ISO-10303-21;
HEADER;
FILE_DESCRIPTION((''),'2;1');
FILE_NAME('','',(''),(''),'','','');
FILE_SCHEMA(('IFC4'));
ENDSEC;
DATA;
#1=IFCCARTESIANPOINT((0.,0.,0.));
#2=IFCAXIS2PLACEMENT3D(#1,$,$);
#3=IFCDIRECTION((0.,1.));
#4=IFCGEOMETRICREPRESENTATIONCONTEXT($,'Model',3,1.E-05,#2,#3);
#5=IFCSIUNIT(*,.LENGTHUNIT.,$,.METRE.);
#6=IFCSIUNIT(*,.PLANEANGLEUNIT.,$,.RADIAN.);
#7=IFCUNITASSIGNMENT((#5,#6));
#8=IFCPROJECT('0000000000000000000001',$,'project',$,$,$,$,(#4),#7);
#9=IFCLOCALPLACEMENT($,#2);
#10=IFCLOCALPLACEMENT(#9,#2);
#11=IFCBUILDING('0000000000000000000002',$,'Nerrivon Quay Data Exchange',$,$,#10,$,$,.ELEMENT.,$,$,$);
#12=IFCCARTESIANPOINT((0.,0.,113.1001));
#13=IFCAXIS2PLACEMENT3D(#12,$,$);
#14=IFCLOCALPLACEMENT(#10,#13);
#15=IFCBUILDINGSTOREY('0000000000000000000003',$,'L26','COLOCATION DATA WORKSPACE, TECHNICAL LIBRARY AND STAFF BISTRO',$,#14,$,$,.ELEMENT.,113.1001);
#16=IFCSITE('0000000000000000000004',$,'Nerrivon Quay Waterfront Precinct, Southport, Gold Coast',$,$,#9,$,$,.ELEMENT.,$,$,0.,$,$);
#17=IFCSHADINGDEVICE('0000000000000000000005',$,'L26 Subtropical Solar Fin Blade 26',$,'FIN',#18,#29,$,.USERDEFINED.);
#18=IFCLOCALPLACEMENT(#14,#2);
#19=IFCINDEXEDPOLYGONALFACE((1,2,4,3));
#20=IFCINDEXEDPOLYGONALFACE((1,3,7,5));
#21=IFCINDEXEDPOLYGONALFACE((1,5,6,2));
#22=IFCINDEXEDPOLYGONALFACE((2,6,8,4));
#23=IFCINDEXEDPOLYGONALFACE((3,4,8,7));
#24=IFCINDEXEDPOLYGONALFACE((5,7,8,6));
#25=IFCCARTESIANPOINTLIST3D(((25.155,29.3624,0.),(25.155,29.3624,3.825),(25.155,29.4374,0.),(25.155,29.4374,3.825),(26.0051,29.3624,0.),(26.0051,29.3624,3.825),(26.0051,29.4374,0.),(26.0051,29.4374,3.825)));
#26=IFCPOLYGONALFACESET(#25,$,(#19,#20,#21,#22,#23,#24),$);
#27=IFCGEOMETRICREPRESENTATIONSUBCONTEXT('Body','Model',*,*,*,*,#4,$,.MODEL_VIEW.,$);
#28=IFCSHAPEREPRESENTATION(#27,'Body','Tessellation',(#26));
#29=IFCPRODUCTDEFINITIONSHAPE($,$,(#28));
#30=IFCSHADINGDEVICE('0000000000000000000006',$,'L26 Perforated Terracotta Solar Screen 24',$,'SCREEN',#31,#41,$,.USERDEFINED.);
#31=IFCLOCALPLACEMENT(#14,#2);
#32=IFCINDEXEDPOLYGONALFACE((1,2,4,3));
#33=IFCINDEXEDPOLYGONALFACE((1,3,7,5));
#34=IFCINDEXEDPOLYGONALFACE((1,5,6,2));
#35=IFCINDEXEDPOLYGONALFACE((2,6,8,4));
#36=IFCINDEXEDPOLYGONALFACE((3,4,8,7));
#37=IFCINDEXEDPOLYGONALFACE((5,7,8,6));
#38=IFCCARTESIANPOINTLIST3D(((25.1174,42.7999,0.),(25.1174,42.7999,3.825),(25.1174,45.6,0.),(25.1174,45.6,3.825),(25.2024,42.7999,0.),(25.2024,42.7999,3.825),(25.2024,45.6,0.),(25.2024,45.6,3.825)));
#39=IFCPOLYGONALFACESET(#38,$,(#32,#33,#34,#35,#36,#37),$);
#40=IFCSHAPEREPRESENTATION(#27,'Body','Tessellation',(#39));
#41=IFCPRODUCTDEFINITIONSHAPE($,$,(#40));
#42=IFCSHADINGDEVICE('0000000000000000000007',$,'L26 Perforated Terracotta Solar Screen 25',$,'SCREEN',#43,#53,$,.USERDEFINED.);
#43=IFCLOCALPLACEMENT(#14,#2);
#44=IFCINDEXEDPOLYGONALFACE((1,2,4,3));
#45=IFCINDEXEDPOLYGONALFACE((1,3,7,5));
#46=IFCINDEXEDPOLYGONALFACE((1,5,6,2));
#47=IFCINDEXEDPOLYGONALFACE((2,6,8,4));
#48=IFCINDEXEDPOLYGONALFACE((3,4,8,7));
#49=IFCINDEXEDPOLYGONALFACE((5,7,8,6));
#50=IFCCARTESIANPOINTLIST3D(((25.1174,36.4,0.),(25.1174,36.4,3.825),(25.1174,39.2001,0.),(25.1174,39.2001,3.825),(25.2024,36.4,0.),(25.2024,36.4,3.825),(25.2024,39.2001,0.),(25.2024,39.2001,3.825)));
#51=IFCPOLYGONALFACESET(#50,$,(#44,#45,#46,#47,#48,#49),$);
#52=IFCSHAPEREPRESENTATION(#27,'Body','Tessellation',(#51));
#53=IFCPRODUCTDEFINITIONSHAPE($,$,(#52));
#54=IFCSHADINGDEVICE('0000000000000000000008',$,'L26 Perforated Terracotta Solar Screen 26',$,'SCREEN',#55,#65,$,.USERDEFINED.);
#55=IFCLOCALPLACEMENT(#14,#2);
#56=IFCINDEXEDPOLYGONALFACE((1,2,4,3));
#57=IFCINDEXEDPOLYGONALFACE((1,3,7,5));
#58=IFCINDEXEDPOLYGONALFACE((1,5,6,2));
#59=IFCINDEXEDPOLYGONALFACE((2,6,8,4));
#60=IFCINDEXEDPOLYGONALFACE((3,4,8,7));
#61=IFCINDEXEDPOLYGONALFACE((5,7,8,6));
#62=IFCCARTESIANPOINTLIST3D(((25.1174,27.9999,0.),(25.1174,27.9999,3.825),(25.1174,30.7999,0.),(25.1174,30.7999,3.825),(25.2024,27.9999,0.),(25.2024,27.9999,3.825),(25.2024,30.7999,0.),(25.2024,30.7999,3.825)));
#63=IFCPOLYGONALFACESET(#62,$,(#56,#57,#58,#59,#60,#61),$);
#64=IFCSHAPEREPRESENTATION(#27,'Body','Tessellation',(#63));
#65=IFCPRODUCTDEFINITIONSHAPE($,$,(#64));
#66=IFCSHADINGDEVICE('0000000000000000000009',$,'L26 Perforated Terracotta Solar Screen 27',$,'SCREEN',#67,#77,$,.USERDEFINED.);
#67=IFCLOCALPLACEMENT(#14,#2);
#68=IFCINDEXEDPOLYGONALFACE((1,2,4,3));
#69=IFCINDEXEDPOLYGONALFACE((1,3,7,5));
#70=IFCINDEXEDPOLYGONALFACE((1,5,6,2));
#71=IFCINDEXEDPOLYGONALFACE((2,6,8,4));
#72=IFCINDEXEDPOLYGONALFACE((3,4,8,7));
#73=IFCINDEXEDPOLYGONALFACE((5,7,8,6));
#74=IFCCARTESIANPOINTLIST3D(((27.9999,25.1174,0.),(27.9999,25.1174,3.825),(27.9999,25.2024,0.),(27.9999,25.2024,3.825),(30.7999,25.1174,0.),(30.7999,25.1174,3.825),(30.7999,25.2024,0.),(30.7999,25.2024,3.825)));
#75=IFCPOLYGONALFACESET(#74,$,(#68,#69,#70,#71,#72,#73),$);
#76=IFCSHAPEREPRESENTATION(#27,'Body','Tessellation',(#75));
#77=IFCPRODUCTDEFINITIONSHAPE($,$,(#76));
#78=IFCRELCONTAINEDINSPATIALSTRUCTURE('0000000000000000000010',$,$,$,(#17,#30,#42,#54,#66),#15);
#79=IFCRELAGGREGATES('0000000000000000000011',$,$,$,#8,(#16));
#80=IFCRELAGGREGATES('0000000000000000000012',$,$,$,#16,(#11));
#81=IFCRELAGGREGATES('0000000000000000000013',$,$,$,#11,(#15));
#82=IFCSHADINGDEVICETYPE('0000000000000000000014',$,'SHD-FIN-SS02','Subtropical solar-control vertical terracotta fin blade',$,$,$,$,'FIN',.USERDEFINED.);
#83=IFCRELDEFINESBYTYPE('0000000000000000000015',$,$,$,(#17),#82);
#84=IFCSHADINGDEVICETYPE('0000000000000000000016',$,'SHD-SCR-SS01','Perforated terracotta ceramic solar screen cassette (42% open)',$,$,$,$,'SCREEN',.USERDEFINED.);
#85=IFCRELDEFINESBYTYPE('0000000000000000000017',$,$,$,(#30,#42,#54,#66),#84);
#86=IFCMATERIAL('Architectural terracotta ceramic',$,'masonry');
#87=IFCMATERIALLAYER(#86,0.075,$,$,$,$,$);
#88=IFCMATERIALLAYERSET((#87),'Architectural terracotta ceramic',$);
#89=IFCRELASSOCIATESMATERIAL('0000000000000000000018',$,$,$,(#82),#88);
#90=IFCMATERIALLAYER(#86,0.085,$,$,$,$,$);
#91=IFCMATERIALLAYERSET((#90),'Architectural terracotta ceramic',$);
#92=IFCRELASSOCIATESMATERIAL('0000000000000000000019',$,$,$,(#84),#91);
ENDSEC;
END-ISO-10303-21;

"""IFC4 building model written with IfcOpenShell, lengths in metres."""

from ifc_helpers import new_model, si_unit, direction, frame, origin, origin_2d, place, context, subcontext, project, spatial, rectangle, extrude, material, layer, layer_set, type_object, element, save


model = new_model("IFC4")

# Units and contexts
model_context = context("Model", 3, precision=1e-05, world=origin(), true_north=direction((0.0, 1.0)))
body_context = subcontext(model_context, "Body", "Model", "MODEL_VIEW")
ifc_project = project(units=[si_unit("LENGTHUNIT", "METRE"), si_unit("PLANEANGLEUNIT", "RADIAN")], contexts=[model_context])

# Site, building, storey
site_placement = place(None, origin())
site = spatial("IfcSite", under=ifc_project, at=site_placement, Name="Nerrivon Quay Waterfront Precinct, Southport, Gold Coast", CompositionType="ELEMENT", RefElevation=0.0)
building_placement = place(site_placement, origin())
building = spatial("IfcBuilding", under=site, at=building_placement, Name="Nerrivon Quay Data Exchange", CompositionType="ELEMENT")
storey_placement = place(building_placement, frame((0.0, 0.0, 113.1001)))
storey = spatial("IfcBuildingStorey", under=building, at=storey_placement, Name="L26", Description="COLOCATION DATA WORKSPACE, TECHNICAL LIBRARY AND STAFF BISTRO", CompositionType="ELEMENT", Elevation=113.1001)

# Shared definitions
ifc_material_1 = material(Name="Architectural terracotta ceramic", Category="masonry")

# Shading devices
ifc_layer_1 = layer(ifc_material_1, 0.075)
ifc_layer_set_1 = layer_set([ifc_layer_1], Name="Architectural terracotta ceramic")
shading_device_type_1 = type_object("IfcShadingDeviceType", Name="SHD-FIN-SS02", Description="Subtropical solar-control vertical terracotta fin blade", ElementType="FIN", PredefinedType="USERDEFINED", material=ifc_layer_set_1)
for number, where, z_axis, x_axis, name in (
    (1, (25.5801, 29.3999, 0.0), (0.0, 0.0, 1.0), (0.0, -1.0, 0.0), "L26 Subtropical Solar Fin Blade 26"),
):
    element("IfcShadingDevice", number, at=place(storey_placement, frame(where, z_axis=z_axis, x_axis=x_axis)), inside=storey, type_object=shading_device_type_1, Name=name, ObjectType="FIN", PredefinedType="USERDEFINED", context=body_context, shape_type="SweptSolid", body=[
        extrude(rectangle(XDim=0.075, YDim=0.8501, at=origin_2d()), origin(), (0.0, 0.0, 1.0), 3.825),
    ])
ifc_layer_2 = layer(ifc_material_1, 0.085)
ifc_layer_set_2 = layer_set([ifc_layer_2], Name="Architectural terracotta ceramic")
shading_device_type_2 = type_object("IfcShadingDeviceType", Name="SHD-SCR-SS01", Description="Perforated terracotta ceramic solar screen cassette (42% open)", ElementType="SCREEN", PredefinedType="USERDEFINED", material=ifc_layer_set_2)
for number, where, z_axis, x_axis, name in (
    (2, (25.1599, 44.2, 0.0), (0.0, 0.0, 1.0), (0.0, -1.0, 0.0), "L26 Perforated Terracotta Solar Screen 24"),
    (3, (25.1599, 37.8, 0.0), (0.0, 0.0, 1.0), (0.0, -1.0, 0.0), "L26 Perforated Terracotta Solar Screen 25"),
    (4, (25.1599, 29.3999, 0.0), (0.0, 0.0, 1.0), (0.0, -1.0, 0.0), "L26 Perforated Terracotta Solar Screen 26"),
    (5, (29.3999, 25.1599, 0.0), (0.0, 0.0, 1.0), (1.0, 0.0, 0.0), "L26 Perforated Terracotta Solar Screen 27"),
):
    element("IfcShadingDevice", number, at=place(storey_placement, frame(where, z_axis=z_axis, x_axis=x_axis)), inside=storey, type_object=shading_device_type_2, Name=name, ObjectType="SCREEN", PredefinedType="USERDEFINED", context=body_context, shape_type="SweptSolid", body=[
        extrude(rectangle(XDim=2.8, YDim=0.085, at=origin_2d()), origin(), (0.0, 0.0, 1.0), 3.825),
    ])

save(model, "model.ifc")
